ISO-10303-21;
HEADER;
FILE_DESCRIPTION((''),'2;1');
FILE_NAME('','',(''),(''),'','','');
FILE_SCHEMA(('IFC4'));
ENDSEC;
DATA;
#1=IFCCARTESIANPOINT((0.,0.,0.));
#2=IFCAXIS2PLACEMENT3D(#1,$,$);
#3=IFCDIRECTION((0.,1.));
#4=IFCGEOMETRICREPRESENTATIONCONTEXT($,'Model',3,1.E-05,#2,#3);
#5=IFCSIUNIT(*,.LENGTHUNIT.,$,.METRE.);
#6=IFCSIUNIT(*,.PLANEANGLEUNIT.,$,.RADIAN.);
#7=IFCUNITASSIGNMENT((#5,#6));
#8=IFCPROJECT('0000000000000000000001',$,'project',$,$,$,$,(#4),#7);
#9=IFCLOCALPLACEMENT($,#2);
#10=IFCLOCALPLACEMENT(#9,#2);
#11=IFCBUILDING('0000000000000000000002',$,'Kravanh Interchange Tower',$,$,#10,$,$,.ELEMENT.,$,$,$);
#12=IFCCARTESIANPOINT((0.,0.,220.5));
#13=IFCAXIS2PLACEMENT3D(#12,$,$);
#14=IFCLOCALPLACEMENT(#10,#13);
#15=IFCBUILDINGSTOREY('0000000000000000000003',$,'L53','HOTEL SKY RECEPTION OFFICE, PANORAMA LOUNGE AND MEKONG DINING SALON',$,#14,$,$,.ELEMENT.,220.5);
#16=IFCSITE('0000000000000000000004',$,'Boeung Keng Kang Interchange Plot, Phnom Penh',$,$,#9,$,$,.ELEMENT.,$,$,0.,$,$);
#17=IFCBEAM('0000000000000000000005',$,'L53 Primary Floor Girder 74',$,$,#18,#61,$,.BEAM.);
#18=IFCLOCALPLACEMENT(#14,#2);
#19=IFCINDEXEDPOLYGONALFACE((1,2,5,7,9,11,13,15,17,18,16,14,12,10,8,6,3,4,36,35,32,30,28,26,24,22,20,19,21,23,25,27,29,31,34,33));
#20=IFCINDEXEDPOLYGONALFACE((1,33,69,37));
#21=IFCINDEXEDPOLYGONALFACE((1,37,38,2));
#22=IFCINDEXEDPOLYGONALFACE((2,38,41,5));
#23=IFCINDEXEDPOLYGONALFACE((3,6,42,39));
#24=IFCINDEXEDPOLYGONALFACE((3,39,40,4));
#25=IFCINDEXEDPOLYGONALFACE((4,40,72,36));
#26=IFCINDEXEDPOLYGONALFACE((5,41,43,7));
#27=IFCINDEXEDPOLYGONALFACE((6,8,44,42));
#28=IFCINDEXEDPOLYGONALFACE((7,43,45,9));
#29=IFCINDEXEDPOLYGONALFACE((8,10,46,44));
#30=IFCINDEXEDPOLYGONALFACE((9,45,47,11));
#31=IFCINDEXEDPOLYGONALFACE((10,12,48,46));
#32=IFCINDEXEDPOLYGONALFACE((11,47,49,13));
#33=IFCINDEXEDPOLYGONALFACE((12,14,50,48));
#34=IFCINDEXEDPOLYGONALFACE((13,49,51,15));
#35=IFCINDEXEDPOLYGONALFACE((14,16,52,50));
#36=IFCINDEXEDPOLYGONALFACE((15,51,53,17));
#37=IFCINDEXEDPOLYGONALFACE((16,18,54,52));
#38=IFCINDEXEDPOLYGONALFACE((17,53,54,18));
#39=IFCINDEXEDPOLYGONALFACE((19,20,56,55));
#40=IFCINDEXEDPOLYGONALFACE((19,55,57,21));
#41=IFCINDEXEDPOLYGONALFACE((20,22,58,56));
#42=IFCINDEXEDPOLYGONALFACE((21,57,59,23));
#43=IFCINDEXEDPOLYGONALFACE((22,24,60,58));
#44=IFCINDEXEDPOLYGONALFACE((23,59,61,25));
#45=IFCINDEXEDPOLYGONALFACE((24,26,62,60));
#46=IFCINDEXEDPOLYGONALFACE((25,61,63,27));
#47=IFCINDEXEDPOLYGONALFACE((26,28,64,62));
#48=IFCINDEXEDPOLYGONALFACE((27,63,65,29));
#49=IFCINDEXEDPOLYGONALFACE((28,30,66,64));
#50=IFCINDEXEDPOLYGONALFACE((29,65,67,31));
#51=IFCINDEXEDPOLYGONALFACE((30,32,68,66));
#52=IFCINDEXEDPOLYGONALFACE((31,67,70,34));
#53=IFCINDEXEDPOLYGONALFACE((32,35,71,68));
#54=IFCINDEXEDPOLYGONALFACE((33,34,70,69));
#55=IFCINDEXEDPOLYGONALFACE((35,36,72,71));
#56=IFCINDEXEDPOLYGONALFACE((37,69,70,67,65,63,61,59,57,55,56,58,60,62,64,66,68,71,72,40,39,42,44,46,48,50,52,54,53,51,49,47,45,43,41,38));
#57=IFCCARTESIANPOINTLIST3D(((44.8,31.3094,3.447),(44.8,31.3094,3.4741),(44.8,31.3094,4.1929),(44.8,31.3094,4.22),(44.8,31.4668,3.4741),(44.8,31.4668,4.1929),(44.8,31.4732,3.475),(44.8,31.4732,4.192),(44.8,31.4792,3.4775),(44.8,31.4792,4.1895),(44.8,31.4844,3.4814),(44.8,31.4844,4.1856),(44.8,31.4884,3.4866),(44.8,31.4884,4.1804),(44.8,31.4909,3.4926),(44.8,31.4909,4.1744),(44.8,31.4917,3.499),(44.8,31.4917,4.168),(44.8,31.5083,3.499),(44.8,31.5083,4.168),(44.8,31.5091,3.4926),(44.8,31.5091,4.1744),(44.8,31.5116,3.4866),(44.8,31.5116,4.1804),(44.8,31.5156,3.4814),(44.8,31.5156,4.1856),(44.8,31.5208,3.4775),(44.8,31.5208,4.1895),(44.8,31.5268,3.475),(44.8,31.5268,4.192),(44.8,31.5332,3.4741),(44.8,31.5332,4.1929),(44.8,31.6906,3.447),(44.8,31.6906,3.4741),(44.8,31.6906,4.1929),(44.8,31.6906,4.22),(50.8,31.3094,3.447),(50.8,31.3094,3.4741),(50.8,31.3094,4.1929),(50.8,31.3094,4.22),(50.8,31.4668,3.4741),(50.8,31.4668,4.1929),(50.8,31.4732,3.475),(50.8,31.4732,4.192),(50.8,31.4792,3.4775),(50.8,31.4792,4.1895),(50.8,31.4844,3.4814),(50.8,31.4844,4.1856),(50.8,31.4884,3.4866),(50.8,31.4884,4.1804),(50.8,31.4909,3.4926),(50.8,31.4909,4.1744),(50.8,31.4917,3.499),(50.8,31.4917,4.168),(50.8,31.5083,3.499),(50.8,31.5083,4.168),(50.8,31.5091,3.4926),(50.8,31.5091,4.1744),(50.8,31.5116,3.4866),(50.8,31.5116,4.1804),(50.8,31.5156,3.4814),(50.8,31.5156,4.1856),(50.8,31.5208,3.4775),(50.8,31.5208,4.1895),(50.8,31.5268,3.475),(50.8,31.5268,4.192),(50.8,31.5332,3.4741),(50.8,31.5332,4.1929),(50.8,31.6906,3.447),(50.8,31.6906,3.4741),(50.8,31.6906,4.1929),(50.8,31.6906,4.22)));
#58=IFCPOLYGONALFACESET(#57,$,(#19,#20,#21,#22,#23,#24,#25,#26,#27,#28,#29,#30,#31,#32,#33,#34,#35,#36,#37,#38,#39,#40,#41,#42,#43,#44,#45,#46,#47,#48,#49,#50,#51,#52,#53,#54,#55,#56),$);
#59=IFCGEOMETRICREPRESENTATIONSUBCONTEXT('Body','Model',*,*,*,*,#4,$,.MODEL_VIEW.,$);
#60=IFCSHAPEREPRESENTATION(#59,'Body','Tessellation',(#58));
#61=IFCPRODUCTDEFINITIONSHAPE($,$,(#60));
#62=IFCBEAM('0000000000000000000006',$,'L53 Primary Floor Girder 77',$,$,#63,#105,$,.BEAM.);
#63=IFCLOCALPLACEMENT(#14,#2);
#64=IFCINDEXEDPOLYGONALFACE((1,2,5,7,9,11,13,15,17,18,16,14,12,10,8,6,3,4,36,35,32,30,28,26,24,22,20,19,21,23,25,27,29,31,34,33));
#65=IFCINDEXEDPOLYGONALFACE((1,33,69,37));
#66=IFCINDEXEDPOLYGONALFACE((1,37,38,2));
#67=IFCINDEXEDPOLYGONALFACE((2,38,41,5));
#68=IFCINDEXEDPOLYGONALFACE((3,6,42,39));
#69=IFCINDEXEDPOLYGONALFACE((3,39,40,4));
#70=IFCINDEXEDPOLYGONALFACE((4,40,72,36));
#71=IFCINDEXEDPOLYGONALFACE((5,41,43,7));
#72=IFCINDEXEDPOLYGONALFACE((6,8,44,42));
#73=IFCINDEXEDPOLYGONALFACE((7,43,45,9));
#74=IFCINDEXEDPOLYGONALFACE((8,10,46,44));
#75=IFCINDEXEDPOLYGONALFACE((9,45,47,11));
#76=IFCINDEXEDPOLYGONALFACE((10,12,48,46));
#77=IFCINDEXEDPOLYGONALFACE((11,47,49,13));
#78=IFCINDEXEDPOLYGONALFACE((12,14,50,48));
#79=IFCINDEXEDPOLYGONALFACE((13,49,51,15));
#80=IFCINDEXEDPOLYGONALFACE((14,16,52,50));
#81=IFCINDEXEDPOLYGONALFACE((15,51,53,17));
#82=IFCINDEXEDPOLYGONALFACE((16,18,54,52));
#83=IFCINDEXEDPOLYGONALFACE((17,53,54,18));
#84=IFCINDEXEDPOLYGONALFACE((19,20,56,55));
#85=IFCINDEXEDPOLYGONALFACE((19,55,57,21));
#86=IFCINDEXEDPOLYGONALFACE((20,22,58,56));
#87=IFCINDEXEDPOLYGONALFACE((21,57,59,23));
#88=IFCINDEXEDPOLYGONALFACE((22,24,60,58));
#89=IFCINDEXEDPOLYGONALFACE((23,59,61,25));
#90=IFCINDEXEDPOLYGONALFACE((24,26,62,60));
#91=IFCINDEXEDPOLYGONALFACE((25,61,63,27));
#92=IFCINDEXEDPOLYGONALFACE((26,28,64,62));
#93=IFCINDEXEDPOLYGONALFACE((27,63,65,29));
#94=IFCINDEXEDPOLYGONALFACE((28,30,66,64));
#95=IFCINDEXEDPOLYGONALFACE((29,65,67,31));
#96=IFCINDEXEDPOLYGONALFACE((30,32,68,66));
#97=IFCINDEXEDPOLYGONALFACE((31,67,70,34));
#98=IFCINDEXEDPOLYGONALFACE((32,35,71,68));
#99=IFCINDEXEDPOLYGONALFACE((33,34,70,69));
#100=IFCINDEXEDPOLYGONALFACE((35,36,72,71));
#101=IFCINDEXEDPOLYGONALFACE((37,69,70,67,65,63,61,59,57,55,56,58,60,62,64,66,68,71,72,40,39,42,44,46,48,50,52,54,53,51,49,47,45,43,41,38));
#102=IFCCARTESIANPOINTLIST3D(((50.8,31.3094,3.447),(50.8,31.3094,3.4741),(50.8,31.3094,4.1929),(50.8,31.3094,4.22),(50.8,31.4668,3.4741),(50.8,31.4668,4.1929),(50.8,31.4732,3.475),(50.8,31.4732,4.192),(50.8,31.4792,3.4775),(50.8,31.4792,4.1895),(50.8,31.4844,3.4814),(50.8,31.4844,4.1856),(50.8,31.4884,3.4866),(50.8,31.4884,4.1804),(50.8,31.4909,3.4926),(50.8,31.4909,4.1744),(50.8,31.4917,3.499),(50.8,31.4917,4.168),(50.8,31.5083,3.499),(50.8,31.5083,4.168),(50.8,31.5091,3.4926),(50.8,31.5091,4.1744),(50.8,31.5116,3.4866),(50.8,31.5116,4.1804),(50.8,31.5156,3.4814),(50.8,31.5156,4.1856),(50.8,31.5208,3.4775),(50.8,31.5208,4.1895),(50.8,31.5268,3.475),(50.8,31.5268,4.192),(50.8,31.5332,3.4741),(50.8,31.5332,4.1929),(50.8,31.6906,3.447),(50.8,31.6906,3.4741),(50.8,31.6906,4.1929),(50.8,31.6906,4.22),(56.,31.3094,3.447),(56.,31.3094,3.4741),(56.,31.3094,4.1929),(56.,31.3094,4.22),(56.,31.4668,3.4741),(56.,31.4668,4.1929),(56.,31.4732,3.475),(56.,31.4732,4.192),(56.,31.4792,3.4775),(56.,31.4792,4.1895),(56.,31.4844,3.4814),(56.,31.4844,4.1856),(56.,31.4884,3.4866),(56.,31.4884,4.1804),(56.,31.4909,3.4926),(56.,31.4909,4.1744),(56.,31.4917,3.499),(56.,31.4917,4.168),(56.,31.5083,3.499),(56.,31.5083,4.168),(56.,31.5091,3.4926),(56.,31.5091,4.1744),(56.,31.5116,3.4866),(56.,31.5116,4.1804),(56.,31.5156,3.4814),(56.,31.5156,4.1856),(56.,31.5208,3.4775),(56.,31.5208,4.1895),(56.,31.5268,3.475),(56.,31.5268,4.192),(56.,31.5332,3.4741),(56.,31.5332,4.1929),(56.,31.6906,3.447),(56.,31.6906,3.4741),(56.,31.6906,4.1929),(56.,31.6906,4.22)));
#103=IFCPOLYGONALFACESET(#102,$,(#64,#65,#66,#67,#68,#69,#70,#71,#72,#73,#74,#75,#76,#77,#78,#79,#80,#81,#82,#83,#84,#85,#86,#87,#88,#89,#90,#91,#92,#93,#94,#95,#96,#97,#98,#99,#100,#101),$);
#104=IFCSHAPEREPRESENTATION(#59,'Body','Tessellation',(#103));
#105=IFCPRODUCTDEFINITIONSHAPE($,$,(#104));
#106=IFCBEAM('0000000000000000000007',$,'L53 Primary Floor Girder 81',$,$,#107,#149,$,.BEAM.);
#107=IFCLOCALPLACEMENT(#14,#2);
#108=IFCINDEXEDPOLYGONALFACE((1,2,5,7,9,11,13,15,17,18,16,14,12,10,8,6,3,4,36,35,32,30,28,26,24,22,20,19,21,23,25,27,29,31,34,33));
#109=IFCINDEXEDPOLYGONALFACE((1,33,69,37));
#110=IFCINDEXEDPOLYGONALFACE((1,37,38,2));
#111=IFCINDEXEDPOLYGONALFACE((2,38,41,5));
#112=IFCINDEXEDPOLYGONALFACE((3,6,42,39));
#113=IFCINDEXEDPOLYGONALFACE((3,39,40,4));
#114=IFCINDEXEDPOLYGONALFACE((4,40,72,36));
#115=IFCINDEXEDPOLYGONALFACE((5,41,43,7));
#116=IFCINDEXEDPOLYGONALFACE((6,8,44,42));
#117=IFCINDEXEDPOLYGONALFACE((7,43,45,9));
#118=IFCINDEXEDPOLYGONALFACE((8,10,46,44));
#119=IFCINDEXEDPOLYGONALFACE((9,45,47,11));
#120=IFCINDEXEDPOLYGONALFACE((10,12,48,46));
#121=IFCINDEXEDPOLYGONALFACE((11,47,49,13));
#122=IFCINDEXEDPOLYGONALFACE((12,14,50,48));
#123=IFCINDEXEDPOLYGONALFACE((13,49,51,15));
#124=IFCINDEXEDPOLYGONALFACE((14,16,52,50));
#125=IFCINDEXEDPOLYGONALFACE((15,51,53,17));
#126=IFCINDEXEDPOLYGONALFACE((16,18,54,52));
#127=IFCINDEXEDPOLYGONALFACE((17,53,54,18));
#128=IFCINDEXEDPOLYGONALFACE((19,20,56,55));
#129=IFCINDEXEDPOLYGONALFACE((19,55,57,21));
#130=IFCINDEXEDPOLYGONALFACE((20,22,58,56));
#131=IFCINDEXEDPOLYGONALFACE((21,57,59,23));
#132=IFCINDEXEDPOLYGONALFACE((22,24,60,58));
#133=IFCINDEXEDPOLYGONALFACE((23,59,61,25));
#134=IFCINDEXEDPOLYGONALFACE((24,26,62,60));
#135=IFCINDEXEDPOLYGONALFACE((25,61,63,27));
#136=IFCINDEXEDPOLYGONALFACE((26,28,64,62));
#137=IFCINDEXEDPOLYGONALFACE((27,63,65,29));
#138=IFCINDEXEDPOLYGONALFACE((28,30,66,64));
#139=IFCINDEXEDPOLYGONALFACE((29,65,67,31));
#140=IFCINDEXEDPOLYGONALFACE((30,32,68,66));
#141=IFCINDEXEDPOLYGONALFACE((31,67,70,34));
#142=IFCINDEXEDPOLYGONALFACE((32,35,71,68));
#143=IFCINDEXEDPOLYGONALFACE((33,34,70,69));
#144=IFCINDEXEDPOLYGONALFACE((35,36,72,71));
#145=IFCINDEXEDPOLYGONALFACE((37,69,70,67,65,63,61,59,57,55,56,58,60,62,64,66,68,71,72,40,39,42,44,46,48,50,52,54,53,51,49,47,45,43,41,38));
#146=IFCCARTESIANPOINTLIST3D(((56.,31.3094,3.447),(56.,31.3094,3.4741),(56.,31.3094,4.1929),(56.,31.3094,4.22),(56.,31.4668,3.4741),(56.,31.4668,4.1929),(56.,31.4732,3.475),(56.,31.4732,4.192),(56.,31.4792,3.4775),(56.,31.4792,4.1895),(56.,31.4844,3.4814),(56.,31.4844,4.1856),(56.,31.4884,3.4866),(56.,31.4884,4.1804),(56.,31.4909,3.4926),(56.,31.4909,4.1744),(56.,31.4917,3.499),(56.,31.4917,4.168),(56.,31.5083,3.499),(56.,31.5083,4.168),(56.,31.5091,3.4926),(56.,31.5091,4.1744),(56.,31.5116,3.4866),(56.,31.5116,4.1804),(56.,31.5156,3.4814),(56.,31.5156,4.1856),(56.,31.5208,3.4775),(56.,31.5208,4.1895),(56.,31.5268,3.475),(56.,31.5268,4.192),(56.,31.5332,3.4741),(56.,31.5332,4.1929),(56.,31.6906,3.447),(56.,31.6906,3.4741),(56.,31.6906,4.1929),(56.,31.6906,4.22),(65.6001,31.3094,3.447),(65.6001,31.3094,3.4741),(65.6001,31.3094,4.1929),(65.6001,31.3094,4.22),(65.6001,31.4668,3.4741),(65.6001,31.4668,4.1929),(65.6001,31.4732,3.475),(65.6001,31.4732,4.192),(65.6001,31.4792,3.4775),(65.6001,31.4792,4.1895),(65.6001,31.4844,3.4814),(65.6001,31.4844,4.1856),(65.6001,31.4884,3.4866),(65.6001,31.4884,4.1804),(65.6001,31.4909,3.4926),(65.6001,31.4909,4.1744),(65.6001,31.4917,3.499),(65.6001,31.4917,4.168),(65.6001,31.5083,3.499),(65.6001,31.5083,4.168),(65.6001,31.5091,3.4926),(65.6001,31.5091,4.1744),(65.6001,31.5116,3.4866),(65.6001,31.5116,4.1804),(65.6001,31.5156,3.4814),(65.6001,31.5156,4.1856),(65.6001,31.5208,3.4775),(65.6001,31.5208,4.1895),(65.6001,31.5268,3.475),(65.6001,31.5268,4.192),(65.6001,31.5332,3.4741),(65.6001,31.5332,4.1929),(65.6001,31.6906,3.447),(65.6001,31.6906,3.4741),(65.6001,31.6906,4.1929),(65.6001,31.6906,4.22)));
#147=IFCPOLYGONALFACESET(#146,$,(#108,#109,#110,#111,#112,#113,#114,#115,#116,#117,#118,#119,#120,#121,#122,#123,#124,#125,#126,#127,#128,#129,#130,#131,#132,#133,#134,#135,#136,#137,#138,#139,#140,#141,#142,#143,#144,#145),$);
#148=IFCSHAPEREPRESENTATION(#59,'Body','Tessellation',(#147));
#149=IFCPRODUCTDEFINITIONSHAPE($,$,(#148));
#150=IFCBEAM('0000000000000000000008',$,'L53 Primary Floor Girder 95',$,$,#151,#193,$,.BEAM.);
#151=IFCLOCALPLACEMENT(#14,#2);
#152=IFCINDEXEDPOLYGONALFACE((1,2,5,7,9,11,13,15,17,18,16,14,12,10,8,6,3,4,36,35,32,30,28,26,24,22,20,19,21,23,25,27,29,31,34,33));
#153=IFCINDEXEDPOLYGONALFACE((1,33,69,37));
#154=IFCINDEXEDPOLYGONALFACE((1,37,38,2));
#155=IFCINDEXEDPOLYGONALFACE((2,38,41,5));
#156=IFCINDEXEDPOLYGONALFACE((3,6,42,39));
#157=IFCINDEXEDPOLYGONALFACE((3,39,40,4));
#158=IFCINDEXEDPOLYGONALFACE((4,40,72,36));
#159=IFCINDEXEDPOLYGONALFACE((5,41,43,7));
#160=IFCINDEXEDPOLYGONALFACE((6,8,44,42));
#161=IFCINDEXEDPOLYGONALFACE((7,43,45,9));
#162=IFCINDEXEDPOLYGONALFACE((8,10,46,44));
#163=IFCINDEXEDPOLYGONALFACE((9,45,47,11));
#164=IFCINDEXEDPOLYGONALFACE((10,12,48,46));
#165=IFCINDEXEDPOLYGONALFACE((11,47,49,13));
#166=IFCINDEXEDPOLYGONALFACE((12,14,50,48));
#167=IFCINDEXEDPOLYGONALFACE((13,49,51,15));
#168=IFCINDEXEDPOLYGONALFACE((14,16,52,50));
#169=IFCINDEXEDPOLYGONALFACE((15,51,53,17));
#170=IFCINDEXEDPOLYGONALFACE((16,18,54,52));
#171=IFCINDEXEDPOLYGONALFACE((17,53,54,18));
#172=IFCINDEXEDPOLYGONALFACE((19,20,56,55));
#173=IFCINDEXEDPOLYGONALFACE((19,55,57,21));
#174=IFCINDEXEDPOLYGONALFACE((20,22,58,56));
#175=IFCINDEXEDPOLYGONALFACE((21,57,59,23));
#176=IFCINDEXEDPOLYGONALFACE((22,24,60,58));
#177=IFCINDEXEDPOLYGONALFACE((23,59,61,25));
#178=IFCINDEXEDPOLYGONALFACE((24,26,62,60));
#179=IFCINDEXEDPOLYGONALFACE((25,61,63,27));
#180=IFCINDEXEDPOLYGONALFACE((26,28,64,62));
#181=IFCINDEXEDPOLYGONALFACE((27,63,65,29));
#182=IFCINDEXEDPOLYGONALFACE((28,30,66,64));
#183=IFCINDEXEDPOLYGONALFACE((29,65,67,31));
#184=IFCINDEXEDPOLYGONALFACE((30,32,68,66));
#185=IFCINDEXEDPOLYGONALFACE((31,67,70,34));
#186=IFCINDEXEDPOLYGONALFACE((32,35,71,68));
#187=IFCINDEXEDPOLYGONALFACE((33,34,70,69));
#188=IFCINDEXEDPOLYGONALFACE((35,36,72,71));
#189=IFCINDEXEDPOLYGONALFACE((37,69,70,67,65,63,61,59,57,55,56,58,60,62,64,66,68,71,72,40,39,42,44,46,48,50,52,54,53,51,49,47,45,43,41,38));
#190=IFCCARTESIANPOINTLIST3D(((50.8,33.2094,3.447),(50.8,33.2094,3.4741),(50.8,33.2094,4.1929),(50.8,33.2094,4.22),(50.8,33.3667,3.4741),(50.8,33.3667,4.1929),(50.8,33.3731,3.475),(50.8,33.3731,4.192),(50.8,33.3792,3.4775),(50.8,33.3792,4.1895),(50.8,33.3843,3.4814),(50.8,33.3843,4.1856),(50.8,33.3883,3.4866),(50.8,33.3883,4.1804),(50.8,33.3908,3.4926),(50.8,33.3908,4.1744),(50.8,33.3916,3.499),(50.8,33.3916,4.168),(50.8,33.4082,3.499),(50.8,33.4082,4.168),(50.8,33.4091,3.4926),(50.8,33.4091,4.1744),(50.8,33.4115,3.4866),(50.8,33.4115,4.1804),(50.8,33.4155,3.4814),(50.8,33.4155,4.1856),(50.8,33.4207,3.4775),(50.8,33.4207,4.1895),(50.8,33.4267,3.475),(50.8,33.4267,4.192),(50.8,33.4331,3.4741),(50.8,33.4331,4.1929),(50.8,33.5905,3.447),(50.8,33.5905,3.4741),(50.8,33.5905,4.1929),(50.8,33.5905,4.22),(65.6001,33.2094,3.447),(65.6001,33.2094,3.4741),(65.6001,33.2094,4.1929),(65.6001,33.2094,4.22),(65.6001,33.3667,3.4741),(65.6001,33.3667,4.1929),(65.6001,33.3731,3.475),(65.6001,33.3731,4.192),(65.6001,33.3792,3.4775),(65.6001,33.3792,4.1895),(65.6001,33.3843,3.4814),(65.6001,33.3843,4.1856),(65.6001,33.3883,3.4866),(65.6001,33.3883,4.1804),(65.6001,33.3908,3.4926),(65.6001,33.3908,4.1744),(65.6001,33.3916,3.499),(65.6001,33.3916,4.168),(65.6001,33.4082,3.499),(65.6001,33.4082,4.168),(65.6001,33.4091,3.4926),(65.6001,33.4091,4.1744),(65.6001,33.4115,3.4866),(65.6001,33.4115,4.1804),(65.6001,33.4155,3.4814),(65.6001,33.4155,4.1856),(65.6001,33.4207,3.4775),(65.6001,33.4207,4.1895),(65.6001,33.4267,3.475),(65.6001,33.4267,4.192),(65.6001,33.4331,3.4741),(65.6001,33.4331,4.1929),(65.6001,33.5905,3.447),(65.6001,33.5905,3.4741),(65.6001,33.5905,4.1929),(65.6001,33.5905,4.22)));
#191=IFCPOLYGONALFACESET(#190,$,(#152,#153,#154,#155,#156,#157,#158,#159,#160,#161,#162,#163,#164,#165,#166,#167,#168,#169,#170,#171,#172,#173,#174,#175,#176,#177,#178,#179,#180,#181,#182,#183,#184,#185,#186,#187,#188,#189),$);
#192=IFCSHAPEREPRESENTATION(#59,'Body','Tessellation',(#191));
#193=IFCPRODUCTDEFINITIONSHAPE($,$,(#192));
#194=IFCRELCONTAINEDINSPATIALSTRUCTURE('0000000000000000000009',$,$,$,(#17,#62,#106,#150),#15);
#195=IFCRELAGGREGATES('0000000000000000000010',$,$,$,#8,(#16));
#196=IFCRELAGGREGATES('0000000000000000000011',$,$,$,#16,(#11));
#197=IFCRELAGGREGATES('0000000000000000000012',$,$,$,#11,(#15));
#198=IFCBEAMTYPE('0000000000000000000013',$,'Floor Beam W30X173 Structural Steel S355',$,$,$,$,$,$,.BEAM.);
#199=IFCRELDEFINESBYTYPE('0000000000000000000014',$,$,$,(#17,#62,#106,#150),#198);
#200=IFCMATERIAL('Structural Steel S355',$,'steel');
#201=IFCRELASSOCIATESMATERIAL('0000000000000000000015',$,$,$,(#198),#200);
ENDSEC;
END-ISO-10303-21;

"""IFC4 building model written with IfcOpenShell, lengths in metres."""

from ifc_helpers import new_model, si_unit, direction, frame, origin, origin_2d, place, context, subcontext, project, spatial, i_section, extrude, material, material_profile, profile_set, type_object, element, save


model = new_model("IFC4")

# Units and contexts
model_context = context("Model", 3, precision=1e-05, world=origin(), true_north=direction((0.0, 1.0)))
body_context = subcontext(model_context, "Body", "Model", "MODEL_VIEW")
ifc_project = project(units=[si_unit("LENGTHUNIT", "METRE"), si_unit("PLANEANGLEUNIT", "RADIAN")], contexts=[model_context])

# Site, building, storey
site_placement = place(None, origin())
site = spatial("IfcSite", under=ifc_project, at=site_placement, Name="Boeung Keng Kang Interchange Plot, Phnom Penh", CompositionType="ELEMENT", RefElevation=0.0)
building_placement = place(site_placement, origin())
building = spatial("IfcBuilding", under=site, at=building_placement, Name="Kravanh Interchange Tower", CompositionType="ELEMENT")
storey_placement = place(building_placement, frame((0.0, 0.0, 220.5)))
storey = spatial("IfcBuildingStorey", under=building, at=storey_placement, Name="L53", Description="HOTEL SKY RECEPTION OFFICE, PANORAMA LOUNGE AND MEKONG DINING SALON", CompositionType="ELEMENT", Elevation=220.5)

# Beams
ifc_material_1 = material(Name="Structural Steel S355", Category="steel")
ifc_material_profile_1 = material_profile(ifc_material_1, i_section(OverallWidth=0.3811, OverallDepth=0.7729, WebThickness=0.0166, FlangeThickness=0.0271, FilletRadius=0.0249, at=origin_2d()), Name="W30X173")
ifc_profile_set_1 = profile_set([ifc_material_profile_1], Name="Structural Steel S355")
beam_type_1 = type_object("IfcBeamType", Name="Floor Beam W30X173 Structural Steel S355", PredefinedType="BEAM", material=ifc_profile_set_1)
beam_1_placement = place(storey_placement, frame((44.8, 31.5, 3.8335), z_axis=(1.0, 0.0, 0.0), x_axis=(0.0, 1.0, 0.0)))
element("IfcBeam", 1, at=beam_1_placement, inside=storey, type_object=beam_type_1, Name="L53 Primary Floor Girder 74", PredefinedType="BEAM", context=body_context, shape_type="SweptSolid", body=[
    extrude(i_section(OverallWidth=0.3811, OverallDepth=0.7729, WebThickness=0.0166, FlangeThickness=0.0271, FilletRadius=0.0249, at=origin_2d()), origin(), (0.0, 0.0, 1.0), 6.0),
])
beam_2_placement = place(storey_placement, frame((50.8, 31.5, 3.8335), z_axis=(1.0, 0.0, 0.0), x_axis=(0.0, 1.0, 0.0)))
element("IfcBeam", 2, at=beam_2_placement, inside=storey, type_object=beam_type_1, Name="L53 Primary Floor Girder 77", PredefinedType="BEAM", context=body_context, shape_type="SweptSolid", body=[
    extrude(i_section(OverallWidth=0.3811, OverallDepth=0.7729, WebThickness=0.0166, FlangeThickness=0.0271, FilletRadius=0.0249, at=origin_2d()), origin(), (0.0, 0.0, 1.0), 5.2),
])
beam_3_placement = place(storey_placement, frame((56.0, 31.5, 3.8335), z_axis=(1.0, 0.0, 0.0), x_axis=(0.0, 1.0, 0.0)))
element("IfcBeam", 3, at=beam_3_placement, inside=storey, type_object=beam_type_1, Name="L53 Primary Floor Girder 81", PredefinedType="BEAM", context=body_context, shape_type="SweptSolid", body=[
    extrude(i_section(OverallWidth=0.3811, OverallDepth=0.7729, WebThickness=0.0166, FlangeThickness=0.0271, FilletRadius=0.0249, at=origin_2d()), origin(), (0.0, 0.0, 1.0), 9.6001),
])
beam_4_placement = place(storey_placement, frame((50.8, 33.3999, 3.8335), z_axis=(1.0, 0.0, 0.0), x_axis=(0.0, 1.0, 0.0)))
element("IfcBeam", 4, at=beam_4_placement, inside=storey, type_object=beam_type_1, Name="L53 Primary Floor Girder 95", PredefinedType="BEAM", context=body_context, shape_type="SweptSolid", body=[
    extrude(i_section(OverallWidth=0.3811, OverallDepth=0.7729, WebThickness=0.0166, FlangeThickness=0.0271, FilletRadius=0.0249, at=origin_2d()), origin(), (0.0, 0.0, 1.0), 14.8),
])

save(model, "model.ifc")
